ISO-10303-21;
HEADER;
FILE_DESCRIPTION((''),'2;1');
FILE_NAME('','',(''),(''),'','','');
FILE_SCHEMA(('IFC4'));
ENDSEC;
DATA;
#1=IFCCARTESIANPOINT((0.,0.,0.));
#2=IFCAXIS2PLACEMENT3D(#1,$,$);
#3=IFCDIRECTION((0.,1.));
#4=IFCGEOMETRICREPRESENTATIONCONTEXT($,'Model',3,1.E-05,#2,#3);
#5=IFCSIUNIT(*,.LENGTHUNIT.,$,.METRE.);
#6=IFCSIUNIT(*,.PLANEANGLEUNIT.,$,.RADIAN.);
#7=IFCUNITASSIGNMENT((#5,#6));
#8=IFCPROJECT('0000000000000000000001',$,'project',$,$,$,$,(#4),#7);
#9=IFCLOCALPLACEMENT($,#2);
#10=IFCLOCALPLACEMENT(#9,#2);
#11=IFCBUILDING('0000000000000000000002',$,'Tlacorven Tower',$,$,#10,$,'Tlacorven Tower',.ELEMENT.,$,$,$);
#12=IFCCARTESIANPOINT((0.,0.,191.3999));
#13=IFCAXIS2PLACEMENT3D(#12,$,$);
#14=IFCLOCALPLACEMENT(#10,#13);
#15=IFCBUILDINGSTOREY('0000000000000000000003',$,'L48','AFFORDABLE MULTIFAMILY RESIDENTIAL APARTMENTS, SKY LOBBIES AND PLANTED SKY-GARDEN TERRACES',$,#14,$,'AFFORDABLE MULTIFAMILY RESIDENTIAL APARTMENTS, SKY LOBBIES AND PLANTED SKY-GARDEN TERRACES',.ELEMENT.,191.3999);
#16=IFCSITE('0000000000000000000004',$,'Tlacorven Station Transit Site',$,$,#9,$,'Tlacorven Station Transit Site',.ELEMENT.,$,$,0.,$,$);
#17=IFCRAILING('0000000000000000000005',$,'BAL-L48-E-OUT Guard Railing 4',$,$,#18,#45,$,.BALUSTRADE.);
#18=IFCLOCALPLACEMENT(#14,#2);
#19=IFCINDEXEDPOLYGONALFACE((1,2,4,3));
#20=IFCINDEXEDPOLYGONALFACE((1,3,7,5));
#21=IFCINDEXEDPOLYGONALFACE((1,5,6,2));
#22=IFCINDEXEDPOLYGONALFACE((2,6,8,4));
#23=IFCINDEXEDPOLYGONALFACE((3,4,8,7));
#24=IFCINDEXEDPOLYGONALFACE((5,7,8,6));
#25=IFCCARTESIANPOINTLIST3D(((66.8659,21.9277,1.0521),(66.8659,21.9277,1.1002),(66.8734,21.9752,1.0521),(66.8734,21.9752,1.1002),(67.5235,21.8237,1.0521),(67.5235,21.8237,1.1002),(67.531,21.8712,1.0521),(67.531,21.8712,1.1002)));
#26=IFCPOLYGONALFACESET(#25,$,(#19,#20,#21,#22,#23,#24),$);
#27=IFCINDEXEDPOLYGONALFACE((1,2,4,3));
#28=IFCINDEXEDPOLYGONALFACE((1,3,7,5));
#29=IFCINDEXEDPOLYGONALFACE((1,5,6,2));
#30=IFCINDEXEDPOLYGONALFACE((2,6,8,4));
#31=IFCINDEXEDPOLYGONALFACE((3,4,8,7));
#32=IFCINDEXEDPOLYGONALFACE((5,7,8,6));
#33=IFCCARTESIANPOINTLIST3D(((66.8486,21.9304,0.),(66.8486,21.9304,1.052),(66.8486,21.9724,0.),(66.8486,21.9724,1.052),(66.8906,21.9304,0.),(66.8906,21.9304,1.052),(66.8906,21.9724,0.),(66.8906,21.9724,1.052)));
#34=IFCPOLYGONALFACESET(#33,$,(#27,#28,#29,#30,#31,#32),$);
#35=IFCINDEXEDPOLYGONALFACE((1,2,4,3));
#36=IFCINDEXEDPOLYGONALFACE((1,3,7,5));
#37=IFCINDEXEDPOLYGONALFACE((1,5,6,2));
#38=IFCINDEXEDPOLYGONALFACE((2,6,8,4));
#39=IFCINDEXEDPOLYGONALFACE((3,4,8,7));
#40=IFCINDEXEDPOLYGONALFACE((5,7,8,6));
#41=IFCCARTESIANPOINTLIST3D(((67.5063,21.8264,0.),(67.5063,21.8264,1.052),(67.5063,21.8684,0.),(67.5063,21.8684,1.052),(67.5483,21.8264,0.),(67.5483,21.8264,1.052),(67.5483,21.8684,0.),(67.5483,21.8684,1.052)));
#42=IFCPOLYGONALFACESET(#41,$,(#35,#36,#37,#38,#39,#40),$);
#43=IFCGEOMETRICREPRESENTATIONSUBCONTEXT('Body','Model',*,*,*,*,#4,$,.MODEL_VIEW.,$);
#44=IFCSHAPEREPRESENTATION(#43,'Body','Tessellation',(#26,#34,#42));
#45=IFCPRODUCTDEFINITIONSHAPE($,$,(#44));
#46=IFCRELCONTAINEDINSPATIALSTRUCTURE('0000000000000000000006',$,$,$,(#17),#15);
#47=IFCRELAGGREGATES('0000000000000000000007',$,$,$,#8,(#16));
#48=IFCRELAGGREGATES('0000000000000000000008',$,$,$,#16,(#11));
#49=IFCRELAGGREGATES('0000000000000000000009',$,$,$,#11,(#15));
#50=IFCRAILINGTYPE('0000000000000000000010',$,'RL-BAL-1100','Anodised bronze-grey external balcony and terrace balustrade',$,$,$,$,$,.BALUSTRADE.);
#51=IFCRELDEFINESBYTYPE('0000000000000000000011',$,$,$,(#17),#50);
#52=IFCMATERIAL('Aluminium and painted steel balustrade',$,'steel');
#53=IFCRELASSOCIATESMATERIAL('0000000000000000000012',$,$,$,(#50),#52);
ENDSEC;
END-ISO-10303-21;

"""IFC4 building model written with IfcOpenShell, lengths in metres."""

from ifc_helpers import new_model, si_unit, direction, frame, origin, origin_2d, place, context, subcontext, project, spatial, rectangle, extrude, source, transform, mapped, material, type_object, element, save


model = new_model("IFC4")

# Units and contexts
model_context = context("Model", 3, precision=1e-05, world=origin(), true_north=direction((0.0, 1.0)))
body_context = subcontext(model_context, "Body", "Model", "MODEL_VIEW")
ifc_project = project(units=[si_unit("LENGTHUNIT", "METRE"), si_unit("PLANEANGLEUNIT", "RADIAN")], contexts=[model_context])

# Site, building, storey
site_placement = place(None, origin())
site = spatial("IfcSite", under=ifc_project, at=site_placement, Name="Tlacorven Station Transit Site", LongName="Tlacorven Station Transit Site", CompositionType="ELEMENT", RefElevation=0.0)
building_placement = place(site_placement, origin())
building = spatial("IfcBuilding", under=site, at=building_placement, Name="Tlacorven Tower", LongName="Tlacorven Tower", CompositionType="ELEMENT")
storey_placement = place(building_placement, frame((0.0, 0.0, 191.3999)))
storey = spatial("IfcBuildingStorey", under=building, at=storey_placement, Name="L48", Description="AFFORDABLE MULTIFAMILY RESIDENTIAL APARTMENTS, SKY LOBBIES AND PLANTED SKY-GARDEN TERRACES", LongName="AFFORDABLE MULTIFAMILY RESIDENTIAL APARTMENTS, SKY LOBBIES AND PLANTED SKY-GARDEN TERRACES", CompositionType="ELEMENT", Elevation=191.3999)

# Railing
ifc_material_1 = material(Name="Aluminium and painted steel balustrade", Category="steel")
railing_type = type_object("IfcRailingType", Name="RL-BAL-1100", Description="Anodised bronze-grey external balcony and terrace balustrade", PredefinedType="BALUSTRADE", material=ifc_material_1)
shared_shape_1 = source(origin(), body_context, "Body", "SweptSolid", [
    extrude(rectangle(XDim=0.0481, YDim=0.0481, at=origin_2d()), frame((0.0, 0.0, 1.0762), z_axis=(0.987727, -0.156188, 0.0), x_axis=(0.156188, 0.987727, 0.0)), (0.0, 0.0, 1.0), 0.6658),
    extrude(rectangle(XDim=0.042, YDim=0.042, at=origin_2d()), origin(), (0.0, 0.0, 1.0), 1.052),
    extrude(rectangle(XDim=0.042, YDim=0.042, at=origin_2d()), frame((0.6577, -0.104, 0.0)), (0.0, 0.0, 1.0), 1.052),
])
railing_1_placement = place(storey_placement, frame((66.8696, 21.9514, 0.0)))
element("IfcRailing", 1, at=railing_1_placement, inside=storey, type_object=railing_type, Name="BAL-L48-E-OUT Guard Railing 4", PredefinedType="BALUSTRADE", context=body_context, shape_type="MappedRepresentation", body=[
    mapped(shared_shape_1, transform((0.0, 0.0, 0.0), scale=1.0)),
])

save(model, "model.ifc")
